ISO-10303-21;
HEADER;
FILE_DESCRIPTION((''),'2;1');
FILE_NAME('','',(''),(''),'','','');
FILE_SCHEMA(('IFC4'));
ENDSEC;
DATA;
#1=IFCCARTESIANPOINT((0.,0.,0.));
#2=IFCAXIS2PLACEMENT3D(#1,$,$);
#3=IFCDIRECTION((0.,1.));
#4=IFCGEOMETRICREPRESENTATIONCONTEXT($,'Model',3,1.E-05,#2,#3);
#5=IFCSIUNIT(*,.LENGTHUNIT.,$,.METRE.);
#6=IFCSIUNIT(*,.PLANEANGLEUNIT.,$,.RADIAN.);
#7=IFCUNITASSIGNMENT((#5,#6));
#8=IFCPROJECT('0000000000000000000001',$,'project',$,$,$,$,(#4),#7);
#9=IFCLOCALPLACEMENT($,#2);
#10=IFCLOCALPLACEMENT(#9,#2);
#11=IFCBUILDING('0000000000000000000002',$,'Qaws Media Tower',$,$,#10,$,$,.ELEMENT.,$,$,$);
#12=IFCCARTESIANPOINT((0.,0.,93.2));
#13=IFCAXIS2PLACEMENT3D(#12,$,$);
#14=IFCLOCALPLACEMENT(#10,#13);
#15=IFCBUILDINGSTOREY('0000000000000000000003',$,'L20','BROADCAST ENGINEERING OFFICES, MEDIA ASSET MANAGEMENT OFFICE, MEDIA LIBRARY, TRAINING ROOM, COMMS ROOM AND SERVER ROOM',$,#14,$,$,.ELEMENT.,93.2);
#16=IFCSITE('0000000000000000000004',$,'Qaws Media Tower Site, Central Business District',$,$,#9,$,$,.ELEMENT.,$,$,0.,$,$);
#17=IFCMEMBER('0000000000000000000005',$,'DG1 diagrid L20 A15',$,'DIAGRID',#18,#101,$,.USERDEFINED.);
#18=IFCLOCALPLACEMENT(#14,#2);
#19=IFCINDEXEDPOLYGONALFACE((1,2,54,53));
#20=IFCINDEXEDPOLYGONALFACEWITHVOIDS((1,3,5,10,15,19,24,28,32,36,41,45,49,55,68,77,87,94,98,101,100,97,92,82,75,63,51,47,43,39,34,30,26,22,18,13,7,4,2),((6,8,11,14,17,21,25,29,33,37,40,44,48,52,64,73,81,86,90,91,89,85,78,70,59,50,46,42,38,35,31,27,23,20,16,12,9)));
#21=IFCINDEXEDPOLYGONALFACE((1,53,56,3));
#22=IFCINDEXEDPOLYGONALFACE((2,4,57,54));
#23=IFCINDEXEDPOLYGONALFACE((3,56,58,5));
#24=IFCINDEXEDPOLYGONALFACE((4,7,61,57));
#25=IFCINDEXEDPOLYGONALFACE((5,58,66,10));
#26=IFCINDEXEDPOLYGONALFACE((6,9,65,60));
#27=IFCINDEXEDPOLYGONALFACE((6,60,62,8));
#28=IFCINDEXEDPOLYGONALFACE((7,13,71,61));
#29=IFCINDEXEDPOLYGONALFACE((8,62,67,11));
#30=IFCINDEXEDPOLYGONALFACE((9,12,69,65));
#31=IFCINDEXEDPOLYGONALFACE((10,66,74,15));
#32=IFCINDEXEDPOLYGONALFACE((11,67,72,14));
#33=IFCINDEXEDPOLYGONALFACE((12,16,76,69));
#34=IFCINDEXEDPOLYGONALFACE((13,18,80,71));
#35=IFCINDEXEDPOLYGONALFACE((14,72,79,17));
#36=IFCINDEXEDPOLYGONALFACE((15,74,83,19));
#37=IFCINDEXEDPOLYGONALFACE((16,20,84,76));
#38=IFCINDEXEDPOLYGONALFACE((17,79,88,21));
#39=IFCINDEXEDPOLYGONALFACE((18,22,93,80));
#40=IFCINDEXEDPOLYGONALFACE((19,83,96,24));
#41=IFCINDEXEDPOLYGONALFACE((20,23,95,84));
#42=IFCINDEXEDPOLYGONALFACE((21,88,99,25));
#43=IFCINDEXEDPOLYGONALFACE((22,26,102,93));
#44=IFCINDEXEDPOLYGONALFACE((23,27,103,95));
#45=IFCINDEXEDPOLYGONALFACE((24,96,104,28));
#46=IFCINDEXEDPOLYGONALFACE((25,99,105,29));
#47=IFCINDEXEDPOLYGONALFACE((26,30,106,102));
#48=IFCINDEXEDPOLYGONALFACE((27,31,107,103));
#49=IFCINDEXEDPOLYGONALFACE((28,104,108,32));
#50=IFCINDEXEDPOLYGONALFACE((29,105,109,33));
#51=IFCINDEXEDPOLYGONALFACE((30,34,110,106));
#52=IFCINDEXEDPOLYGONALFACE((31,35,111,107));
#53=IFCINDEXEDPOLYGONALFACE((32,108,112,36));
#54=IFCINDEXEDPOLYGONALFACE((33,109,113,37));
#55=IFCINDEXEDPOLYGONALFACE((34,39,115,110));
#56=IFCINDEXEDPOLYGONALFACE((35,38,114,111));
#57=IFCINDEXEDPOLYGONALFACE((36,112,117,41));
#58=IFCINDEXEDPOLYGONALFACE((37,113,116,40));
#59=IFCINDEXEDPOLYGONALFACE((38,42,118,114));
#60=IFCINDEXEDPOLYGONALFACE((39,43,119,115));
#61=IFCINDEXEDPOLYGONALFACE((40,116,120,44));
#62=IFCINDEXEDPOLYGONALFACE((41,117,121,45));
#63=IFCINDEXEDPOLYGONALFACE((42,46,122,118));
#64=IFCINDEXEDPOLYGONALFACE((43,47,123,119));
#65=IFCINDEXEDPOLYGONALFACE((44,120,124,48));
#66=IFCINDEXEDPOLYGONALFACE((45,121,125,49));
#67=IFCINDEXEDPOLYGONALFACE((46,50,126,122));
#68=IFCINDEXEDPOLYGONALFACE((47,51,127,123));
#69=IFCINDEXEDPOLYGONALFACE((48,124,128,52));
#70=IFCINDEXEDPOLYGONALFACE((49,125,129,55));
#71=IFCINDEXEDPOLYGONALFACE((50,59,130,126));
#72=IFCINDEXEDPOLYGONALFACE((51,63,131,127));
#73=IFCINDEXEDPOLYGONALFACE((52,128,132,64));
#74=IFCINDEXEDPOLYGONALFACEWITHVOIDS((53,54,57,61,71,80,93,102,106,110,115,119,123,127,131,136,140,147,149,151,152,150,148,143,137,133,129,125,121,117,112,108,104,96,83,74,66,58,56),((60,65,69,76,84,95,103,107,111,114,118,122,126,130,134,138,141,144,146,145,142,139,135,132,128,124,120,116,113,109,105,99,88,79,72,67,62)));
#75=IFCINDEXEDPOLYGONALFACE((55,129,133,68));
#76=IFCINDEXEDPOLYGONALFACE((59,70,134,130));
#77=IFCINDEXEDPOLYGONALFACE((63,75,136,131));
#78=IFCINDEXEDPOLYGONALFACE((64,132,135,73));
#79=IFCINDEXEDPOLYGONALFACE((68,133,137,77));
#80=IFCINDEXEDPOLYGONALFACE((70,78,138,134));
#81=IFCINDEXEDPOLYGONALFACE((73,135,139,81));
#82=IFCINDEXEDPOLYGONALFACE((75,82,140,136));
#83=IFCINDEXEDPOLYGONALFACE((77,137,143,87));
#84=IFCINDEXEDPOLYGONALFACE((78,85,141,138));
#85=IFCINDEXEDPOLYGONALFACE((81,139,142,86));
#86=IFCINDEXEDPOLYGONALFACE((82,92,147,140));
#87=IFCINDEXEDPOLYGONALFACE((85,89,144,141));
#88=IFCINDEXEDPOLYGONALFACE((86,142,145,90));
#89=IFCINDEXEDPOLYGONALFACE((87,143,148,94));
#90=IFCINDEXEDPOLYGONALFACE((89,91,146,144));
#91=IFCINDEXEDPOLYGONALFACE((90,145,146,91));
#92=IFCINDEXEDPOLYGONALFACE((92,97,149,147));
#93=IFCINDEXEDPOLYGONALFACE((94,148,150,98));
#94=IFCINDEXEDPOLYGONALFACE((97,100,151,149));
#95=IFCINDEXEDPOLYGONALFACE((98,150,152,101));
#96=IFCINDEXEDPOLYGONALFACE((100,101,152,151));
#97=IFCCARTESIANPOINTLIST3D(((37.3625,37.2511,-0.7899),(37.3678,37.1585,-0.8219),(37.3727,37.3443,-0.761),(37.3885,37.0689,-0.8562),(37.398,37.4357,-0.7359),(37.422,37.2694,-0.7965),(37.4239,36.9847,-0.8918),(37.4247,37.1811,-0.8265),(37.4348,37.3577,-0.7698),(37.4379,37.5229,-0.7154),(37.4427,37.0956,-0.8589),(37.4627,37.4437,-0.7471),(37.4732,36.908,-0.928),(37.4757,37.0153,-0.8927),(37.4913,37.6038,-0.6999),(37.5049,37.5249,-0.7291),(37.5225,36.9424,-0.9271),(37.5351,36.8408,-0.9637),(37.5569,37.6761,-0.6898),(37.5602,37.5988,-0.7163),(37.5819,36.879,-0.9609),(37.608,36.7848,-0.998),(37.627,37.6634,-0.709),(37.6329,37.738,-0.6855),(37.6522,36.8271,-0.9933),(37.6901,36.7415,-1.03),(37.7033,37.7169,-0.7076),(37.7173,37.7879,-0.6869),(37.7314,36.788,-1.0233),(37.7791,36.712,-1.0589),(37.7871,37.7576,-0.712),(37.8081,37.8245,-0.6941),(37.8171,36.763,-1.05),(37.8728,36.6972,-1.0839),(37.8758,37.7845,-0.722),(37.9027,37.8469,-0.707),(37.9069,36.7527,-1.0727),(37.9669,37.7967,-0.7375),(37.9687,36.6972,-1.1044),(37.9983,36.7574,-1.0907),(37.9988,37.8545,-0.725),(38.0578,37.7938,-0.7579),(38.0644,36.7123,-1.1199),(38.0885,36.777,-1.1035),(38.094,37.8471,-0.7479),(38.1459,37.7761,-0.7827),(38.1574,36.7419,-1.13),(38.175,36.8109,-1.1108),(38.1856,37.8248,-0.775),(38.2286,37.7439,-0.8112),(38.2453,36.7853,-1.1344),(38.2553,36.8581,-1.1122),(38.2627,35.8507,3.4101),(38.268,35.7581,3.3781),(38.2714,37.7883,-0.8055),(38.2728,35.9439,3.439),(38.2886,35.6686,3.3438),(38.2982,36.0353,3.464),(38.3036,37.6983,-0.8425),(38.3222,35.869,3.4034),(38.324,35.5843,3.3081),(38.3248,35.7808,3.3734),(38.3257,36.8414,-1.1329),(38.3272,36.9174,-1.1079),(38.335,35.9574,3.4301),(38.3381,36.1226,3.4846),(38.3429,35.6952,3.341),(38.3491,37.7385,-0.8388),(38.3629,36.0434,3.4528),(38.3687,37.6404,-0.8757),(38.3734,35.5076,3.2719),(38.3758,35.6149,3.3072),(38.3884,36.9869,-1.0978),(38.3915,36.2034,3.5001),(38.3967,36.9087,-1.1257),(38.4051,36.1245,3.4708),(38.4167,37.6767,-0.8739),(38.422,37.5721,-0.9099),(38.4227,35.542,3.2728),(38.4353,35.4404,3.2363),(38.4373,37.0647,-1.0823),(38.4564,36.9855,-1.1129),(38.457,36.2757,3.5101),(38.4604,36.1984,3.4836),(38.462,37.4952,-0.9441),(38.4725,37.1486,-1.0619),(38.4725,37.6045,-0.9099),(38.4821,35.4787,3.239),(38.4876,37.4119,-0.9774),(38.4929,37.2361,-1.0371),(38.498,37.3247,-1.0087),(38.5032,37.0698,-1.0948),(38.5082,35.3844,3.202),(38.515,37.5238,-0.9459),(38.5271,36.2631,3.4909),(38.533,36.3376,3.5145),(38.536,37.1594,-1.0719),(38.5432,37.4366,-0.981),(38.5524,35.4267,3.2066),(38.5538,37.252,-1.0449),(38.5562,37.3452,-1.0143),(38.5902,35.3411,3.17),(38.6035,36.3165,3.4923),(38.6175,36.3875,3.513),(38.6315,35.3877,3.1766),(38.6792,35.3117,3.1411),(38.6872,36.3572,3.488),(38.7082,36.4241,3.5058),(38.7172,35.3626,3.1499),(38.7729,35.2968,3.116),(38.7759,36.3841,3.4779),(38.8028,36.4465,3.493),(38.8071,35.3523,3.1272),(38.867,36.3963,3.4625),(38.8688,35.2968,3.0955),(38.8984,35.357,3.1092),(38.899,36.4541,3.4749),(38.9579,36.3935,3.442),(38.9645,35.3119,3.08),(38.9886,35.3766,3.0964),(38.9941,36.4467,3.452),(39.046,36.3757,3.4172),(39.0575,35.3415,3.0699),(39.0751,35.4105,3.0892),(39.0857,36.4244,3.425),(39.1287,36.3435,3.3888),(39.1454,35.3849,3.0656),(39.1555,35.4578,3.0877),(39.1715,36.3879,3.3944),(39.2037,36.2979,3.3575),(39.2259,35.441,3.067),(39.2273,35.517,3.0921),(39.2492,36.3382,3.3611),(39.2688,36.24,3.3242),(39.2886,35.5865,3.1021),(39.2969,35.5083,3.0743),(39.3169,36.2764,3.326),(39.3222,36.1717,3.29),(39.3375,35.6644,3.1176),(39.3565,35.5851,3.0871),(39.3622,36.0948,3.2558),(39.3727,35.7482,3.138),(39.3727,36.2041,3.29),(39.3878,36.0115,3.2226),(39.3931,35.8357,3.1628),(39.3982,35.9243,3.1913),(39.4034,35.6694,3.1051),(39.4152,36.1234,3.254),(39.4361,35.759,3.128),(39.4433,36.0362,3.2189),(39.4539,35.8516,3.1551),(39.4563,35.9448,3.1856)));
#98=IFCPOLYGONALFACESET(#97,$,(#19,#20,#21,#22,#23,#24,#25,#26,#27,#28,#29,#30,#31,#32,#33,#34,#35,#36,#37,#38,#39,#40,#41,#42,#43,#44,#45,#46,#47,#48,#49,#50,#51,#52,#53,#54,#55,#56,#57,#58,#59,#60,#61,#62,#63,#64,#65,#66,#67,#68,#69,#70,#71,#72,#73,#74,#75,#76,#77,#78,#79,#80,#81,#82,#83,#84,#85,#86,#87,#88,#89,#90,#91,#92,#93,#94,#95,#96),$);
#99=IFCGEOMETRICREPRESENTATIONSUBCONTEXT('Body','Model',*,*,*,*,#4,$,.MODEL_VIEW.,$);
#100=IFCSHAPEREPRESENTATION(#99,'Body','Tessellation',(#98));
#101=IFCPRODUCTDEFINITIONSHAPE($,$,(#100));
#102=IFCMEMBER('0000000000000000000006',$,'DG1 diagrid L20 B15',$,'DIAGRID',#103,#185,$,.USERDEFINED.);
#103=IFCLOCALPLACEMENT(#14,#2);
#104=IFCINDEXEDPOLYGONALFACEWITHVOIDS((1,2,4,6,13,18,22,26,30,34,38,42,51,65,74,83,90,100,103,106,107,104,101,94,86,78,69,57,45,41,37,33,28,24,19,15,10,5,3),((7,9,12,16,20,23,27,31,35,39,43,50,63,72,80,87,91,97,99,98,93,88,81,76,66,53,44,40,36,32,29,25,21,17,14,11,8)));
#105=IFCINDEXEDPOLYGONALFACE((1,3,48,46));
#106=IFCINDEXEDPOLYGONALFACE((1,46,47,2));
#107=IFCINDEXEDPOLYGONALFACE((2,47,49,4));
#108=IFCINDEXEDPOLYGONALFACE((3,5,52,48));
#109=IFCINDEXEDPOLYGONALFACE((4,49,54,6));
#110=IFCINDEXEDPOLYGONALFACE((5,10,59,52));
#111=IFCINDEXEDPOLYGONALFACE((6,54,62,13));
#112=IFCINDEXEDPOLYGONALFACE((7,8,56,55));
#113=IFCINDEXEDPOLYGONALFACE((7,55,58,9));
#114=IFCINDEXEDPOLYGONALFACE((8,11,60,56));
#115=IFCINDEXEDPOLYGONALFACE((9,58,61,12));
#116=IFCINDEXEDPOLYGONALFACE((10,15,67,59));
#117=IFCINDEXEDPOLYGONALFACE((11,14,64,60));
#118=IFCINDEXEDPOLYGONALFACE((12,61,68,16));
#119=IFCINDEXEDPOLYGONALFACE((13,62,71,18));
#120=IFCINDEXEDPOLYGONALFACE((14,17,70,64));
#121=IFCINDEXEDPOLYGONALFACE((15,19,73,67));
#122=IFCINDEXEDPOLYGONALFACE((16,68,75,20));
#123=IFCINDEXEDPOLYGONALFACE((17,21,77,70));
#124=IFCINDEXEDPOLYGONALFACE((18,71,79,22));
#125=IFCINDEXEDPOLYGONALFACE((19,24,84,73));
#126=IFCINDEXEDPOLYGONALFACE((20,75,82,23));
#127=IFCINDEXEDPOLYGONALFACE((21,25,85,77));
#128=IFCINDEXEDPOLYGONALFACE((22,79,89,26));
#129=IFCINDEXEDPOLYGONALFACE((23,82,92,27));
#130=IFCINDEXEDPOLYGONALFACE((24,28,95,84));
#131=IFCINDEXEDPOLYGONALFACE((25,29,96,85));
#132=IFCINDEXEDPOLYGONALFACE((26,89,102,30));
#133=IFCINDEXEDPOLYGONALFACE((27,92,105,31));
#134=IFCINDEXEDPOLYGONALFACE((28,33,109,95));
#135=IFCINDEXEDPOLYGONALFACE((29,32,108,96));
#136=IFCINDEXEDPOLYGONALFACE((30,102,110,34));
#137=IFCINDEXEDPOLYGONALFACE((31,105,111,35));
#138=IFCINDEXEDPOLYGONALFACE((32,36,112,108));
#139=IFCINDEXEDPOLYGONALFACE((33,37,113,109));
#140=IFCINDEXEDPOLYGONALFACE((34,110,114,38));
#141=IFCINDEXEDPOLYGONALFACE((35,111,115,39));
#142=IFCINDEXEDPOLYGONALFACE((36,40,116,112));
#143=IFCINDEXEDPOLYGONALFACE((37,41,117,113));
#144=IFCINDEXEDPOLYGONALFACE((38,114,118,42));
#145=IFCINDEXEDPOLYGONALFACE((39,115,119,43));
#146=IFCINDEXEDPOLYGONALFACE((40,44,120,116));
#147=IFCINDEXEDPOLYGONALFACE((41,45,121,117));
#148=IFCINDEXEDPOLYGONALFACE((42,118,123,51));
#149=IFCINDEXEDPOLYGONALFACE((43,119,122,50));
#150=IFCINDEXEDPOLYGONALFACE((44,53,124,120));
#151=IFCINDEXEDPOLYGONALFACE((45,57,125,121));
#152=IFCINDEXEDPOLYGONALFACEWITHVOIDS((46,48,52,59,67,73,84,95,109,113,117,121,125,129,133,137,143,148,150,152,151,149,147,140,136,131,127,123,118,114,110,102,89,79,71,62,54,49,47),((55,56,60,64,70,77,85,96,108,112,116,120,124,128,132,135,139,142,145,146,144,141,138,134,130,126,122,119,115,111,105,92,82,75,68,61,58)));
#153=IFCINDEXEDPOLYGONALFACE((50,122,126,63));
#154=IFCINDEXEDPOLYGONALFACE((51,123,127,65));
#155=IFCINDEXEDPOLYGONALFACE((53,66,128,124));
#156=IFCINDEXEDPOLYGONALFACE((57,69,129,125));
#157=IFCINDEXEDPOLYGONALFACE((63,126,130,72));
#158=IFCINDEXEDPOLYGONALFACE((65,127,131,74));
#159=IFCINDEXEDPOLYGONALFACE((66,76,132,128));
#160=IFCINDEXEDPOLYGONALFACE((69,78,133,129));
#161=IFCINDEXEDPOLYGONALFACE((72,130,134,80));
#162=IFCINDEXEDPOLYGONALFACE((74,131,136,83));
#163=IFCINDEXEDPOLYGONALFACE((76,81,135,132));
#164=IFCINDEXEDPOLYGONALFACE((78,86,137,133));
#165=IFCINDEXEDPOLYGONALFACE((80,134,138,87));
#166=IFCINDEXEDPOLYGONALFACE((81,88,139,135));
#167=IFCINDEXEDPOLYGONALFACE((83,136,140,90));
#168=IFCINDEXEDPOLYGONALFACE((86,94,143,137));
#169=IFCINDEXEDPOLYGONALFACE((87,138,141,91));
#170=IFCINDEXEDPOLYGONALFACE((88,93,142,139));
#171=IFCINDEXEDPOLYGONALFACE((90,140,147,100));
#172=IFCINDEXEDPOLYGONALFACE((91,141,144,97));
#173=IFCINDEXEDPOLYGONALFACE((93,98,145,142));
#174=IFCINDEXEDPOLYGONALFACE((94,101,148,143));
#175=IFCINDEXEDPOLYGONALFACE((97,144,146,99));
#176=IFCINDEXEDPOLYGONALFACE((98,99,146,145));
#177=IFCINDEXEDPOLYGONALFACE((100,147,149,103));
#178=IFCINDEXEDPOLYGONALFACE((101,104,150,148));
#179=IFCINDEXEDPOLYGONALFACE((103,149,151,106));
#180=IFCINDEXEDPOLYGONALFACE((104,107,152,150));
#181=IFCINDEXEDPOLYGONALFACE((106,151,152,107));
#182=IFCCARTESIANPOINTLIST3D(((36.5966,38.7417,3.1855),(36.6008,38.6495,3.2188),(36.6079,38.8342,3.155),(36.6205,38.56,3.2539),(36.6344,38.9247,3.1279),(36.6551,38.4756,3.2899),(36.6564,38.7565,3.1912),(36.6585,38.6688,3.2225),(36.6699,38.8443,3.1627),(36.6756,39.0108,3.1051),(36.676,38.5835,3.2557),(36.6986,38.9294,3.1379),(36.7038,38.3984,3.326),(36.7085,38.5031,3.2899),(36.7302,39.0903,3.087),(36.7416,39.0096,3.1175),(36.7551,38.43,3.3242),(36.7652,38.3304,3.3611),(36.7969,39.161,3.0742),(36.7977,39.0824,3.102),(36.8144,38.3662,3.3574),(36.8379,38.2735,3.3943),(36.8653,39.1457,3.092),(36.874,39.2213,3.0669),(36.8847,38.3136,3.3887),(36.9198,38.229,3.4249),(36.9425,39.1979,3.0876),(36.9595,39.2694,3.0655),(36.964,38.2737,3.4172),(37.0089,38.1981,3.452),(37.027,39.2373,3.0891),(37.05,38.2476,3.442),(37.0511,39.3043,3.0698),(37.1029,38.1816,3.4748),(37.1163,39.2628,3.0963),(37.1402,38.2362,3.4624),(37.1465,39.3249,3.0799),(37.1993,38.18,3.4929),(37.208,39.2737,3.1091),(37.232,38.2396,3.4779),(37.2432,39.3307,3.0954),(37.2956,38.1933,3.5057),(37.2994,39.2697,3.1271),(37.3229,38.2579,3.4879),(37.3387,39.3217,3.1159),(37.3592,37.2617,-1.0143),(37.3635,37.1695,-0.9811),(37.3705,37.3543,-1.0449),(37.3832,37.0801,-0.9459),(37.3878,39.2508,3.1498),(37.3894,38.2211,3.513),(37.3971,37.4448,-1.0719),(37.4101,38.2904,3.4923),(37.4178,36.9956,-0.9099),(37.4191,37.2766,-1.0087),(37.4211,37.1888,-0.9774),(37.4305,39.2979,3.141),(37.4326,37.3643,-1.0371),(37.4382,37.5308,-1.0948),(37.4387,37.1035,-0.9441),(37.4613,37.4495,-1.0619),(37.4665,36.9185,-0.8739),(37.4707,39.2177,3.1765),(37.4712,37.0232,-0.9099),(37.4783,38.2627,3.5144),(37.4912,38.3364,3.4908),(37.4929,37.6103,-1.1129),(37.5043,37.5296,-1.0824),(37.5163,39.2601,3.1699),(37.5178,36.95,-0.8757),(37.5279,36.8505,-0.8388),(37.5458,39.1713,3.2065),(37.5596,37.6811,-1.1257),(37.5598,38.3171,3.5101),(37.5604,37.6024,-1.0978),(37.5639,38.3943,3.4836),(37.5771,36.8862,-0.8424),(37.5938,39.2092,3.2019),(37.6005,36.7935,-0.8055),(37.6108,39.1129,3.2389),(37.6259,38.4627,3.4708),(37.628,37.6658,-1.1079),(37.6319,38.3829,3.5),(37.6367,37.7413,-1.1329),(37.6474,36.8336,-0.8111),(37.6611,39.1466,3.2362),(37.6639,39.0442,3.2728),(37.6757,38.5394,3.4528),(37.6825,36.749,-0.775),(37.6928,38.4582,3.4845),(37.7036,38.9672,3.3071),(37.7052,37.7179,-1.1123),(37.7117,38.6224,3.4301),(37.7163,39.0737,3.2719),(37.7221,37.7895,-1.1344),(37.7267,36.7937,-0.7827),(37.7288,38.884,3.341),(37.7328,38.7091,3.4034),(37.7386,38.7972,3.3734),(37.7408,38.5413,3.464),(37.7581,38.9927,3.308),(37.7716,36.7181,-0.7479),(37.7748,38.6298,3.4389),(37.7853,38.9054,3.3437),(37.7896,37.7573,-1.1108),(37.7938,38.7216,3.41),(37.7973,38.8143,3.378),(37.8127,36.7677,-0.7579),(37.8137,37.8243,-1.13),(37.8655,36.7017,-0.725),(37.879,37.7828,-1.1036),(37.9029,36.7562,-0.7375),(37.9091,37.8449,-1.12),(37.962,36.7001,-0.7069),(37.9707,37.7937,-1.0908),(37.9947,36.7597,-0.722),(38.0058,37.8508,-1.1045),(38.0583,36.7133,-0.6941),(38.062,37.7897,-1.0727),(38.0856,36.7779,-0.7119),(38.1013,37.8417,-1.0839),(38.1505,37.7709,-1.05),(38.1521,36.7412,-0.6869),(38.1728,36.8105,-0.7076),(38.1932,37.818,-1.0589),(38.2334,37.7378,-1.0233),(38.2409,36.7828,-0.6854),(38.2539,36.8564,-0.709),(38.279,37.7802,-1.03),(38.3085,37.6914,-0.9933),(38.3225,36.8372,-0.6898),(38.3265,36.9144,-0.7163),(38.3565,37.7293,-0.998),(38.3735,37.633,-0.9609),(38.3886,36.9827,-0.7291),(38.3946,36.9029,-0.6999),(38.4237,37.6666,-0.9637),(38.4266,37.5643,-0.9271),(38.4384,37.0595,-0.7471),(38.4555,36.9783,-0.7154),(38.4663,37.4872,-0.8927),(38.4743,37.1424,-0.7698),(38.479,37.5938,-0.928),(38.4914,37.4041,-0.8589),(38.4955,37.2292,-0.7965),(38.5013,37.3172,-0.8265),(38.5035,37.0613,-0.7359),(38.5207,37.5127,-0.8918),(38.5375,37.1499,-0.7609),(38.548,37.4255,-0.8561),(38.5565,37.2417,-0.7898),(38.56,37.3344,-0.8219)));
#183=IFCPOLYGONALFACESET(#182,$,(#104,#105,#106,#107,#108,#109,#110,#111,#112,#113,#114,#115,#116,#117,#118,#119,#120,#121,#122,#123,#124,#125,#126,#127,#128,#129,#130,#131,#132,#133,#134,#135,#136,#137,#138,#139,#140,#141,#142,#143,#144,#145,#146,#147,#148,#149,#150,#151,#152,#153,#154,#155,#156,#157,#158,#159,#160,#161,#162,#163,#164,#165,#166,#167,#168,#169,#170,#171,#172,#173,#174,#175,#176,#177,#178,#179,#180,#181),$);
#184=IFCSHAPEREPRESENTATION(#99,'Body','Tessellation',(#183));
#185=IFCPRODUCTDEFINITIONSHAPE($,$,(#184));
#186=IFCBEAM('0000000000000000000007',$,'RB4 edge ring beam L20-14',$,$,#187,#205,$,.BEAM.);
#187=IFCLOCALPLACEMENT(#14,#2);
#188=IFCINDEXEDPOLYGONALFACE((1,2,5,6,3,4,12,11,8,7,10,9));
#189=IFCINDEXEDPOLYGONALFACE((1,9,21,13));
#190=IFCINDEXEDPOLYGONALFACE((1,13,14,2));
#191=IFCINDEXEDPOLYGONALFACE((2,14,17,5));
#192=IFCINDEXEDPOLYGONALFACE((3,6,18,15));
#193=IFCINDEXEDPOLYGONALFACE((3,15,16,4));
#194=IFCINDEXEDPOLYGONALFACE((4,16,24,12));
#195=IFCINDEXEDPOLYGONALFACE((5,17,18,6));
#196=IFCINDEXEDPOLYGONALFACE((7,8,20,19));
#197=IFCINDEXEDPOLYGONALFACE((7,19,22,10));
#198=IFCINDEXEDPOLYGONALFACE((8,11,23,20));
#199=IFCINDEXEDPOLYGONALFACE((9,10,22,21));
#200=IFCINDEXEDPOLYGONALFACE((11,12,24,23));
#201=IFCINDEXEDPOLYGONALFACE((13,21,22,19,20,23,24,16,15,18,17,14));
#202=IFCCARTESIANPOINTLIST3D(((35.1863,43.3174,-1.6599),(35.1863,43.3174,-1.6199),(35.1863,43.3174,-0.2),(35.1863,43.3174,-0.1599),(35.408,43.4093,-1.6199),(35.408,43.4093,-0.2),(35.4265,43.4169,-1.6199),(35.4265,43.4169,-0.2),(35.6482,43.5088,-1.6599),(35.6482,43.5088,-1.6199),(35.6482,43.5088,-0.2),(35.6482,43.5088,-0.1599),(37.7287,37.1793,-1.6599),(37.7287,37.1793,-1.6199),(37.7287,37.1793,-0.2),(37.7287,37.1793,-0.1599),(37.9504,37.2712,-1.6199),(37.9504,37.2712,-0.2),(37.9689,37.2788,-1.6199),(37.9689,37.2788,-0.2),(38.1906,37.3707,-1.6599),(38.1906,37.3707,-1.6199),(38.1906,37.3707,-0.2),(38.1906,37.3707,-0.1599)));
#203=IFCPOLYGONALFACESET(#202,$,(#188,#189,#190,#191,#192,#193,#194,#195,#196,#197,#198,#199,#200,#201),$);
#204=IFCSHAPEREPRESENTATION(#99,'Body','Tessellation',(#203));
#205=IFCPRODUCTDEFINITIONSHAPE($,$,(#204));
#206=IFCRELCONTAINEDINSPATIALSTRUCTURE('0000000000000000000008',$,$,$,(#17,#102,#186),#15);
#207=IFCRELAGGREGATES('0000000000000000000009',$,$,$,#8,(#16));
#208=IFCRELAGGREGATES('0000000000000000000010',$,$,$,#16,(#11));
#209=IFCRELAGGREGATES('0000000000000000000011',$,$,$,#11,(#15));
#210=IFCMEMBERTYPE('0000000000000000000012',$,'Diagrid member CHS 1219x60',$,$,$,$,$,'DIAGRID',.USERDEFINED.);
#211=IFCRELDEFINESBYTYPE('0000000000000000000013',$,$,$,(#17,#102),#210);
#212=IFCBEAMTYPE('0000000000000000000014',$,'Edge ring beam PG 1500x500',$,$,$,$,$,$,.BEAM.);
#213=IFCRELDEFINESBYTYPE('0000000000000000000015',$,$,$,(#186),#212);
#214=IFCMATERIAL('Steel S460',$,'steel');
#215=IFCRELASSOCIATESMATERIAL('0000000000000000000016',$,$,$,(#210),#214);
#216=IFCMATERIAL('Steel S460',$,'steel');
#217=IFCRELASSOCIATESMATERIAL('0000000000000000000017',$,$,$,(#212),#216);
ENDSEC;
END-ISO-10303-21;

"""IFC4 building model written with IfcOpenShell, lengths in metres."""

from ifc_helpers import new_model, si_unit, direction, frame, origin, origin_2d, place, context, subcontext, project, spatial, hollow_circle, i_section, extrude, material, material_profile, profile_set, type_object, element, save


model = new_model("IFC4")

# Units and contexts
model_context = context("Model", 3, precision=1e-05, world=origin(), true_north=direction((0.0, 1.0)))
body_context = subcontext(model_context, "Body", "Model", "MODEL_VIEW")
ifc_project = project(units=[si_unit("LENGTHUNIT", "METRE"), si_unit("PLANEANGLEUNIT", "RADIAN")], contexts=[model_context])

# Site, building, storey
site_placement = place(None, origin())
site = spatial("IfcSite", under=ifc_project, at=site_placement, Name="Qaws Media Tower Site, Central Business District", CompositionType="ELEMENT", RefElevation=0.0)
building_placement = place(site_placement, origin())
building = spatial("IfcBuilding", under=site, at=building_placement, Name="Qaws Media Tower", CompositionType="ELEMENT")
storey_placement = place(building_placement, frame((0.0, 0.0, 93.2)))
storey = spatial("IfcBuildingStorey", under=building, at=storey_placement, Name="L20", Description="BROADCAST ENGINEERING OFFICES, MEDIA ASSET MANAGEMENT OFFICE, MEDIA LIBRARY, TRAINING ROOM, COMMS ROOM AND SERVER ROOM", CompositionType="ELEMENT", Elevation=93.2)

# Members
ifc_material_1 = material(Name="Steel S460", Category="steel")
ifc_material_profile_1 = material_profile(ifc_material_1, hollow_circle(Radius=0.6096, WallThickness=0.0601, at=origin_2d()), Name="CHS 1219x60")
ifc_profile_set_1 = profile_set([ifc_material_profile_1], Name="Steel S460")
member_type_1 = type_object("IfcMemberType", Name="Diagrid member CHS 1219x60", ElementType="DIAGRID", PredefinedType="USERDEFINED", material=ifc_profile_set_1)
for number, where, z_axis, x_axis, name in (
    (1, (37.9597, 37.2749, -0.9099), (0.199242, -0.309969, 0.929635), (0.841207, 0.540713, 0.0), "DG1 diagrid L20 A15"),
    (2, (37.9597, 37.2749, -0.9099), (-0.168815, 0.32758, 0.92962), (-0.888906, -0.45809, 0.0), "DG1 diagrid L20 B15"),
):
    element("IfcMember", number, at=place(storey_placement, frame(where, z_axis=z_axis, x_axis=x_axis)), inside=storey, type_object=member_type_1, Name=name, ObjectType="DIAGRID", PredefinedType="USERDEFINED", context=body_context, shape_type="SweptSolid", body=[
        extrude(hollow_circle(Radius=0.6096, WallThickness=0.0601, at=origin_2d()), origin(), (0.0, 0.0, 1.0), 4.5178),
    ])

# Beam
ifc_material_2 = material(Name="Steel S460", Category="steel")
ifc_material_profile_2 = material_profile(ifc_material_2, i_section(OverallWidth=0.5, OverallDepth=1.5, WebThickness=0.02, FlangeThickness=0.04, at=origin_2d()), Name="PG 1500x500")
ifc_profile_set_2 = profile_set([ifc_material_profile_2], Name="Steel S460")
beam_type = type_object("IfcBeamType", Name="Edge ring beam PG 1500x500", PredefinedType="BEAM", material=ifc_profile_set_2)
beam_1_placement = place(storey_placement, frame((35.4172, 43.4131, -0.9099), z_axis=(0.382678, -0.923882, 0.0), x_axis=(0.923882, 0.382678, 0.0)))
element("IfcBeam", 3, at=beam_1_placement, inside=storey, type_object=beam_type, Name="RB4 edge ring beam L20-14", PredefinedType="BEAM", context=body_context, shape_type="SweptSolid", body=[
    extrude(i_section(OverallWidth=0.5, OverallDepth=1.5, WebThickness=0.02, FlangeThickness=0.04, at=origin_2d()), origin(), (0.0, 0.0, 1.0), 6.6438),
])

save(model, "model.ifc")
